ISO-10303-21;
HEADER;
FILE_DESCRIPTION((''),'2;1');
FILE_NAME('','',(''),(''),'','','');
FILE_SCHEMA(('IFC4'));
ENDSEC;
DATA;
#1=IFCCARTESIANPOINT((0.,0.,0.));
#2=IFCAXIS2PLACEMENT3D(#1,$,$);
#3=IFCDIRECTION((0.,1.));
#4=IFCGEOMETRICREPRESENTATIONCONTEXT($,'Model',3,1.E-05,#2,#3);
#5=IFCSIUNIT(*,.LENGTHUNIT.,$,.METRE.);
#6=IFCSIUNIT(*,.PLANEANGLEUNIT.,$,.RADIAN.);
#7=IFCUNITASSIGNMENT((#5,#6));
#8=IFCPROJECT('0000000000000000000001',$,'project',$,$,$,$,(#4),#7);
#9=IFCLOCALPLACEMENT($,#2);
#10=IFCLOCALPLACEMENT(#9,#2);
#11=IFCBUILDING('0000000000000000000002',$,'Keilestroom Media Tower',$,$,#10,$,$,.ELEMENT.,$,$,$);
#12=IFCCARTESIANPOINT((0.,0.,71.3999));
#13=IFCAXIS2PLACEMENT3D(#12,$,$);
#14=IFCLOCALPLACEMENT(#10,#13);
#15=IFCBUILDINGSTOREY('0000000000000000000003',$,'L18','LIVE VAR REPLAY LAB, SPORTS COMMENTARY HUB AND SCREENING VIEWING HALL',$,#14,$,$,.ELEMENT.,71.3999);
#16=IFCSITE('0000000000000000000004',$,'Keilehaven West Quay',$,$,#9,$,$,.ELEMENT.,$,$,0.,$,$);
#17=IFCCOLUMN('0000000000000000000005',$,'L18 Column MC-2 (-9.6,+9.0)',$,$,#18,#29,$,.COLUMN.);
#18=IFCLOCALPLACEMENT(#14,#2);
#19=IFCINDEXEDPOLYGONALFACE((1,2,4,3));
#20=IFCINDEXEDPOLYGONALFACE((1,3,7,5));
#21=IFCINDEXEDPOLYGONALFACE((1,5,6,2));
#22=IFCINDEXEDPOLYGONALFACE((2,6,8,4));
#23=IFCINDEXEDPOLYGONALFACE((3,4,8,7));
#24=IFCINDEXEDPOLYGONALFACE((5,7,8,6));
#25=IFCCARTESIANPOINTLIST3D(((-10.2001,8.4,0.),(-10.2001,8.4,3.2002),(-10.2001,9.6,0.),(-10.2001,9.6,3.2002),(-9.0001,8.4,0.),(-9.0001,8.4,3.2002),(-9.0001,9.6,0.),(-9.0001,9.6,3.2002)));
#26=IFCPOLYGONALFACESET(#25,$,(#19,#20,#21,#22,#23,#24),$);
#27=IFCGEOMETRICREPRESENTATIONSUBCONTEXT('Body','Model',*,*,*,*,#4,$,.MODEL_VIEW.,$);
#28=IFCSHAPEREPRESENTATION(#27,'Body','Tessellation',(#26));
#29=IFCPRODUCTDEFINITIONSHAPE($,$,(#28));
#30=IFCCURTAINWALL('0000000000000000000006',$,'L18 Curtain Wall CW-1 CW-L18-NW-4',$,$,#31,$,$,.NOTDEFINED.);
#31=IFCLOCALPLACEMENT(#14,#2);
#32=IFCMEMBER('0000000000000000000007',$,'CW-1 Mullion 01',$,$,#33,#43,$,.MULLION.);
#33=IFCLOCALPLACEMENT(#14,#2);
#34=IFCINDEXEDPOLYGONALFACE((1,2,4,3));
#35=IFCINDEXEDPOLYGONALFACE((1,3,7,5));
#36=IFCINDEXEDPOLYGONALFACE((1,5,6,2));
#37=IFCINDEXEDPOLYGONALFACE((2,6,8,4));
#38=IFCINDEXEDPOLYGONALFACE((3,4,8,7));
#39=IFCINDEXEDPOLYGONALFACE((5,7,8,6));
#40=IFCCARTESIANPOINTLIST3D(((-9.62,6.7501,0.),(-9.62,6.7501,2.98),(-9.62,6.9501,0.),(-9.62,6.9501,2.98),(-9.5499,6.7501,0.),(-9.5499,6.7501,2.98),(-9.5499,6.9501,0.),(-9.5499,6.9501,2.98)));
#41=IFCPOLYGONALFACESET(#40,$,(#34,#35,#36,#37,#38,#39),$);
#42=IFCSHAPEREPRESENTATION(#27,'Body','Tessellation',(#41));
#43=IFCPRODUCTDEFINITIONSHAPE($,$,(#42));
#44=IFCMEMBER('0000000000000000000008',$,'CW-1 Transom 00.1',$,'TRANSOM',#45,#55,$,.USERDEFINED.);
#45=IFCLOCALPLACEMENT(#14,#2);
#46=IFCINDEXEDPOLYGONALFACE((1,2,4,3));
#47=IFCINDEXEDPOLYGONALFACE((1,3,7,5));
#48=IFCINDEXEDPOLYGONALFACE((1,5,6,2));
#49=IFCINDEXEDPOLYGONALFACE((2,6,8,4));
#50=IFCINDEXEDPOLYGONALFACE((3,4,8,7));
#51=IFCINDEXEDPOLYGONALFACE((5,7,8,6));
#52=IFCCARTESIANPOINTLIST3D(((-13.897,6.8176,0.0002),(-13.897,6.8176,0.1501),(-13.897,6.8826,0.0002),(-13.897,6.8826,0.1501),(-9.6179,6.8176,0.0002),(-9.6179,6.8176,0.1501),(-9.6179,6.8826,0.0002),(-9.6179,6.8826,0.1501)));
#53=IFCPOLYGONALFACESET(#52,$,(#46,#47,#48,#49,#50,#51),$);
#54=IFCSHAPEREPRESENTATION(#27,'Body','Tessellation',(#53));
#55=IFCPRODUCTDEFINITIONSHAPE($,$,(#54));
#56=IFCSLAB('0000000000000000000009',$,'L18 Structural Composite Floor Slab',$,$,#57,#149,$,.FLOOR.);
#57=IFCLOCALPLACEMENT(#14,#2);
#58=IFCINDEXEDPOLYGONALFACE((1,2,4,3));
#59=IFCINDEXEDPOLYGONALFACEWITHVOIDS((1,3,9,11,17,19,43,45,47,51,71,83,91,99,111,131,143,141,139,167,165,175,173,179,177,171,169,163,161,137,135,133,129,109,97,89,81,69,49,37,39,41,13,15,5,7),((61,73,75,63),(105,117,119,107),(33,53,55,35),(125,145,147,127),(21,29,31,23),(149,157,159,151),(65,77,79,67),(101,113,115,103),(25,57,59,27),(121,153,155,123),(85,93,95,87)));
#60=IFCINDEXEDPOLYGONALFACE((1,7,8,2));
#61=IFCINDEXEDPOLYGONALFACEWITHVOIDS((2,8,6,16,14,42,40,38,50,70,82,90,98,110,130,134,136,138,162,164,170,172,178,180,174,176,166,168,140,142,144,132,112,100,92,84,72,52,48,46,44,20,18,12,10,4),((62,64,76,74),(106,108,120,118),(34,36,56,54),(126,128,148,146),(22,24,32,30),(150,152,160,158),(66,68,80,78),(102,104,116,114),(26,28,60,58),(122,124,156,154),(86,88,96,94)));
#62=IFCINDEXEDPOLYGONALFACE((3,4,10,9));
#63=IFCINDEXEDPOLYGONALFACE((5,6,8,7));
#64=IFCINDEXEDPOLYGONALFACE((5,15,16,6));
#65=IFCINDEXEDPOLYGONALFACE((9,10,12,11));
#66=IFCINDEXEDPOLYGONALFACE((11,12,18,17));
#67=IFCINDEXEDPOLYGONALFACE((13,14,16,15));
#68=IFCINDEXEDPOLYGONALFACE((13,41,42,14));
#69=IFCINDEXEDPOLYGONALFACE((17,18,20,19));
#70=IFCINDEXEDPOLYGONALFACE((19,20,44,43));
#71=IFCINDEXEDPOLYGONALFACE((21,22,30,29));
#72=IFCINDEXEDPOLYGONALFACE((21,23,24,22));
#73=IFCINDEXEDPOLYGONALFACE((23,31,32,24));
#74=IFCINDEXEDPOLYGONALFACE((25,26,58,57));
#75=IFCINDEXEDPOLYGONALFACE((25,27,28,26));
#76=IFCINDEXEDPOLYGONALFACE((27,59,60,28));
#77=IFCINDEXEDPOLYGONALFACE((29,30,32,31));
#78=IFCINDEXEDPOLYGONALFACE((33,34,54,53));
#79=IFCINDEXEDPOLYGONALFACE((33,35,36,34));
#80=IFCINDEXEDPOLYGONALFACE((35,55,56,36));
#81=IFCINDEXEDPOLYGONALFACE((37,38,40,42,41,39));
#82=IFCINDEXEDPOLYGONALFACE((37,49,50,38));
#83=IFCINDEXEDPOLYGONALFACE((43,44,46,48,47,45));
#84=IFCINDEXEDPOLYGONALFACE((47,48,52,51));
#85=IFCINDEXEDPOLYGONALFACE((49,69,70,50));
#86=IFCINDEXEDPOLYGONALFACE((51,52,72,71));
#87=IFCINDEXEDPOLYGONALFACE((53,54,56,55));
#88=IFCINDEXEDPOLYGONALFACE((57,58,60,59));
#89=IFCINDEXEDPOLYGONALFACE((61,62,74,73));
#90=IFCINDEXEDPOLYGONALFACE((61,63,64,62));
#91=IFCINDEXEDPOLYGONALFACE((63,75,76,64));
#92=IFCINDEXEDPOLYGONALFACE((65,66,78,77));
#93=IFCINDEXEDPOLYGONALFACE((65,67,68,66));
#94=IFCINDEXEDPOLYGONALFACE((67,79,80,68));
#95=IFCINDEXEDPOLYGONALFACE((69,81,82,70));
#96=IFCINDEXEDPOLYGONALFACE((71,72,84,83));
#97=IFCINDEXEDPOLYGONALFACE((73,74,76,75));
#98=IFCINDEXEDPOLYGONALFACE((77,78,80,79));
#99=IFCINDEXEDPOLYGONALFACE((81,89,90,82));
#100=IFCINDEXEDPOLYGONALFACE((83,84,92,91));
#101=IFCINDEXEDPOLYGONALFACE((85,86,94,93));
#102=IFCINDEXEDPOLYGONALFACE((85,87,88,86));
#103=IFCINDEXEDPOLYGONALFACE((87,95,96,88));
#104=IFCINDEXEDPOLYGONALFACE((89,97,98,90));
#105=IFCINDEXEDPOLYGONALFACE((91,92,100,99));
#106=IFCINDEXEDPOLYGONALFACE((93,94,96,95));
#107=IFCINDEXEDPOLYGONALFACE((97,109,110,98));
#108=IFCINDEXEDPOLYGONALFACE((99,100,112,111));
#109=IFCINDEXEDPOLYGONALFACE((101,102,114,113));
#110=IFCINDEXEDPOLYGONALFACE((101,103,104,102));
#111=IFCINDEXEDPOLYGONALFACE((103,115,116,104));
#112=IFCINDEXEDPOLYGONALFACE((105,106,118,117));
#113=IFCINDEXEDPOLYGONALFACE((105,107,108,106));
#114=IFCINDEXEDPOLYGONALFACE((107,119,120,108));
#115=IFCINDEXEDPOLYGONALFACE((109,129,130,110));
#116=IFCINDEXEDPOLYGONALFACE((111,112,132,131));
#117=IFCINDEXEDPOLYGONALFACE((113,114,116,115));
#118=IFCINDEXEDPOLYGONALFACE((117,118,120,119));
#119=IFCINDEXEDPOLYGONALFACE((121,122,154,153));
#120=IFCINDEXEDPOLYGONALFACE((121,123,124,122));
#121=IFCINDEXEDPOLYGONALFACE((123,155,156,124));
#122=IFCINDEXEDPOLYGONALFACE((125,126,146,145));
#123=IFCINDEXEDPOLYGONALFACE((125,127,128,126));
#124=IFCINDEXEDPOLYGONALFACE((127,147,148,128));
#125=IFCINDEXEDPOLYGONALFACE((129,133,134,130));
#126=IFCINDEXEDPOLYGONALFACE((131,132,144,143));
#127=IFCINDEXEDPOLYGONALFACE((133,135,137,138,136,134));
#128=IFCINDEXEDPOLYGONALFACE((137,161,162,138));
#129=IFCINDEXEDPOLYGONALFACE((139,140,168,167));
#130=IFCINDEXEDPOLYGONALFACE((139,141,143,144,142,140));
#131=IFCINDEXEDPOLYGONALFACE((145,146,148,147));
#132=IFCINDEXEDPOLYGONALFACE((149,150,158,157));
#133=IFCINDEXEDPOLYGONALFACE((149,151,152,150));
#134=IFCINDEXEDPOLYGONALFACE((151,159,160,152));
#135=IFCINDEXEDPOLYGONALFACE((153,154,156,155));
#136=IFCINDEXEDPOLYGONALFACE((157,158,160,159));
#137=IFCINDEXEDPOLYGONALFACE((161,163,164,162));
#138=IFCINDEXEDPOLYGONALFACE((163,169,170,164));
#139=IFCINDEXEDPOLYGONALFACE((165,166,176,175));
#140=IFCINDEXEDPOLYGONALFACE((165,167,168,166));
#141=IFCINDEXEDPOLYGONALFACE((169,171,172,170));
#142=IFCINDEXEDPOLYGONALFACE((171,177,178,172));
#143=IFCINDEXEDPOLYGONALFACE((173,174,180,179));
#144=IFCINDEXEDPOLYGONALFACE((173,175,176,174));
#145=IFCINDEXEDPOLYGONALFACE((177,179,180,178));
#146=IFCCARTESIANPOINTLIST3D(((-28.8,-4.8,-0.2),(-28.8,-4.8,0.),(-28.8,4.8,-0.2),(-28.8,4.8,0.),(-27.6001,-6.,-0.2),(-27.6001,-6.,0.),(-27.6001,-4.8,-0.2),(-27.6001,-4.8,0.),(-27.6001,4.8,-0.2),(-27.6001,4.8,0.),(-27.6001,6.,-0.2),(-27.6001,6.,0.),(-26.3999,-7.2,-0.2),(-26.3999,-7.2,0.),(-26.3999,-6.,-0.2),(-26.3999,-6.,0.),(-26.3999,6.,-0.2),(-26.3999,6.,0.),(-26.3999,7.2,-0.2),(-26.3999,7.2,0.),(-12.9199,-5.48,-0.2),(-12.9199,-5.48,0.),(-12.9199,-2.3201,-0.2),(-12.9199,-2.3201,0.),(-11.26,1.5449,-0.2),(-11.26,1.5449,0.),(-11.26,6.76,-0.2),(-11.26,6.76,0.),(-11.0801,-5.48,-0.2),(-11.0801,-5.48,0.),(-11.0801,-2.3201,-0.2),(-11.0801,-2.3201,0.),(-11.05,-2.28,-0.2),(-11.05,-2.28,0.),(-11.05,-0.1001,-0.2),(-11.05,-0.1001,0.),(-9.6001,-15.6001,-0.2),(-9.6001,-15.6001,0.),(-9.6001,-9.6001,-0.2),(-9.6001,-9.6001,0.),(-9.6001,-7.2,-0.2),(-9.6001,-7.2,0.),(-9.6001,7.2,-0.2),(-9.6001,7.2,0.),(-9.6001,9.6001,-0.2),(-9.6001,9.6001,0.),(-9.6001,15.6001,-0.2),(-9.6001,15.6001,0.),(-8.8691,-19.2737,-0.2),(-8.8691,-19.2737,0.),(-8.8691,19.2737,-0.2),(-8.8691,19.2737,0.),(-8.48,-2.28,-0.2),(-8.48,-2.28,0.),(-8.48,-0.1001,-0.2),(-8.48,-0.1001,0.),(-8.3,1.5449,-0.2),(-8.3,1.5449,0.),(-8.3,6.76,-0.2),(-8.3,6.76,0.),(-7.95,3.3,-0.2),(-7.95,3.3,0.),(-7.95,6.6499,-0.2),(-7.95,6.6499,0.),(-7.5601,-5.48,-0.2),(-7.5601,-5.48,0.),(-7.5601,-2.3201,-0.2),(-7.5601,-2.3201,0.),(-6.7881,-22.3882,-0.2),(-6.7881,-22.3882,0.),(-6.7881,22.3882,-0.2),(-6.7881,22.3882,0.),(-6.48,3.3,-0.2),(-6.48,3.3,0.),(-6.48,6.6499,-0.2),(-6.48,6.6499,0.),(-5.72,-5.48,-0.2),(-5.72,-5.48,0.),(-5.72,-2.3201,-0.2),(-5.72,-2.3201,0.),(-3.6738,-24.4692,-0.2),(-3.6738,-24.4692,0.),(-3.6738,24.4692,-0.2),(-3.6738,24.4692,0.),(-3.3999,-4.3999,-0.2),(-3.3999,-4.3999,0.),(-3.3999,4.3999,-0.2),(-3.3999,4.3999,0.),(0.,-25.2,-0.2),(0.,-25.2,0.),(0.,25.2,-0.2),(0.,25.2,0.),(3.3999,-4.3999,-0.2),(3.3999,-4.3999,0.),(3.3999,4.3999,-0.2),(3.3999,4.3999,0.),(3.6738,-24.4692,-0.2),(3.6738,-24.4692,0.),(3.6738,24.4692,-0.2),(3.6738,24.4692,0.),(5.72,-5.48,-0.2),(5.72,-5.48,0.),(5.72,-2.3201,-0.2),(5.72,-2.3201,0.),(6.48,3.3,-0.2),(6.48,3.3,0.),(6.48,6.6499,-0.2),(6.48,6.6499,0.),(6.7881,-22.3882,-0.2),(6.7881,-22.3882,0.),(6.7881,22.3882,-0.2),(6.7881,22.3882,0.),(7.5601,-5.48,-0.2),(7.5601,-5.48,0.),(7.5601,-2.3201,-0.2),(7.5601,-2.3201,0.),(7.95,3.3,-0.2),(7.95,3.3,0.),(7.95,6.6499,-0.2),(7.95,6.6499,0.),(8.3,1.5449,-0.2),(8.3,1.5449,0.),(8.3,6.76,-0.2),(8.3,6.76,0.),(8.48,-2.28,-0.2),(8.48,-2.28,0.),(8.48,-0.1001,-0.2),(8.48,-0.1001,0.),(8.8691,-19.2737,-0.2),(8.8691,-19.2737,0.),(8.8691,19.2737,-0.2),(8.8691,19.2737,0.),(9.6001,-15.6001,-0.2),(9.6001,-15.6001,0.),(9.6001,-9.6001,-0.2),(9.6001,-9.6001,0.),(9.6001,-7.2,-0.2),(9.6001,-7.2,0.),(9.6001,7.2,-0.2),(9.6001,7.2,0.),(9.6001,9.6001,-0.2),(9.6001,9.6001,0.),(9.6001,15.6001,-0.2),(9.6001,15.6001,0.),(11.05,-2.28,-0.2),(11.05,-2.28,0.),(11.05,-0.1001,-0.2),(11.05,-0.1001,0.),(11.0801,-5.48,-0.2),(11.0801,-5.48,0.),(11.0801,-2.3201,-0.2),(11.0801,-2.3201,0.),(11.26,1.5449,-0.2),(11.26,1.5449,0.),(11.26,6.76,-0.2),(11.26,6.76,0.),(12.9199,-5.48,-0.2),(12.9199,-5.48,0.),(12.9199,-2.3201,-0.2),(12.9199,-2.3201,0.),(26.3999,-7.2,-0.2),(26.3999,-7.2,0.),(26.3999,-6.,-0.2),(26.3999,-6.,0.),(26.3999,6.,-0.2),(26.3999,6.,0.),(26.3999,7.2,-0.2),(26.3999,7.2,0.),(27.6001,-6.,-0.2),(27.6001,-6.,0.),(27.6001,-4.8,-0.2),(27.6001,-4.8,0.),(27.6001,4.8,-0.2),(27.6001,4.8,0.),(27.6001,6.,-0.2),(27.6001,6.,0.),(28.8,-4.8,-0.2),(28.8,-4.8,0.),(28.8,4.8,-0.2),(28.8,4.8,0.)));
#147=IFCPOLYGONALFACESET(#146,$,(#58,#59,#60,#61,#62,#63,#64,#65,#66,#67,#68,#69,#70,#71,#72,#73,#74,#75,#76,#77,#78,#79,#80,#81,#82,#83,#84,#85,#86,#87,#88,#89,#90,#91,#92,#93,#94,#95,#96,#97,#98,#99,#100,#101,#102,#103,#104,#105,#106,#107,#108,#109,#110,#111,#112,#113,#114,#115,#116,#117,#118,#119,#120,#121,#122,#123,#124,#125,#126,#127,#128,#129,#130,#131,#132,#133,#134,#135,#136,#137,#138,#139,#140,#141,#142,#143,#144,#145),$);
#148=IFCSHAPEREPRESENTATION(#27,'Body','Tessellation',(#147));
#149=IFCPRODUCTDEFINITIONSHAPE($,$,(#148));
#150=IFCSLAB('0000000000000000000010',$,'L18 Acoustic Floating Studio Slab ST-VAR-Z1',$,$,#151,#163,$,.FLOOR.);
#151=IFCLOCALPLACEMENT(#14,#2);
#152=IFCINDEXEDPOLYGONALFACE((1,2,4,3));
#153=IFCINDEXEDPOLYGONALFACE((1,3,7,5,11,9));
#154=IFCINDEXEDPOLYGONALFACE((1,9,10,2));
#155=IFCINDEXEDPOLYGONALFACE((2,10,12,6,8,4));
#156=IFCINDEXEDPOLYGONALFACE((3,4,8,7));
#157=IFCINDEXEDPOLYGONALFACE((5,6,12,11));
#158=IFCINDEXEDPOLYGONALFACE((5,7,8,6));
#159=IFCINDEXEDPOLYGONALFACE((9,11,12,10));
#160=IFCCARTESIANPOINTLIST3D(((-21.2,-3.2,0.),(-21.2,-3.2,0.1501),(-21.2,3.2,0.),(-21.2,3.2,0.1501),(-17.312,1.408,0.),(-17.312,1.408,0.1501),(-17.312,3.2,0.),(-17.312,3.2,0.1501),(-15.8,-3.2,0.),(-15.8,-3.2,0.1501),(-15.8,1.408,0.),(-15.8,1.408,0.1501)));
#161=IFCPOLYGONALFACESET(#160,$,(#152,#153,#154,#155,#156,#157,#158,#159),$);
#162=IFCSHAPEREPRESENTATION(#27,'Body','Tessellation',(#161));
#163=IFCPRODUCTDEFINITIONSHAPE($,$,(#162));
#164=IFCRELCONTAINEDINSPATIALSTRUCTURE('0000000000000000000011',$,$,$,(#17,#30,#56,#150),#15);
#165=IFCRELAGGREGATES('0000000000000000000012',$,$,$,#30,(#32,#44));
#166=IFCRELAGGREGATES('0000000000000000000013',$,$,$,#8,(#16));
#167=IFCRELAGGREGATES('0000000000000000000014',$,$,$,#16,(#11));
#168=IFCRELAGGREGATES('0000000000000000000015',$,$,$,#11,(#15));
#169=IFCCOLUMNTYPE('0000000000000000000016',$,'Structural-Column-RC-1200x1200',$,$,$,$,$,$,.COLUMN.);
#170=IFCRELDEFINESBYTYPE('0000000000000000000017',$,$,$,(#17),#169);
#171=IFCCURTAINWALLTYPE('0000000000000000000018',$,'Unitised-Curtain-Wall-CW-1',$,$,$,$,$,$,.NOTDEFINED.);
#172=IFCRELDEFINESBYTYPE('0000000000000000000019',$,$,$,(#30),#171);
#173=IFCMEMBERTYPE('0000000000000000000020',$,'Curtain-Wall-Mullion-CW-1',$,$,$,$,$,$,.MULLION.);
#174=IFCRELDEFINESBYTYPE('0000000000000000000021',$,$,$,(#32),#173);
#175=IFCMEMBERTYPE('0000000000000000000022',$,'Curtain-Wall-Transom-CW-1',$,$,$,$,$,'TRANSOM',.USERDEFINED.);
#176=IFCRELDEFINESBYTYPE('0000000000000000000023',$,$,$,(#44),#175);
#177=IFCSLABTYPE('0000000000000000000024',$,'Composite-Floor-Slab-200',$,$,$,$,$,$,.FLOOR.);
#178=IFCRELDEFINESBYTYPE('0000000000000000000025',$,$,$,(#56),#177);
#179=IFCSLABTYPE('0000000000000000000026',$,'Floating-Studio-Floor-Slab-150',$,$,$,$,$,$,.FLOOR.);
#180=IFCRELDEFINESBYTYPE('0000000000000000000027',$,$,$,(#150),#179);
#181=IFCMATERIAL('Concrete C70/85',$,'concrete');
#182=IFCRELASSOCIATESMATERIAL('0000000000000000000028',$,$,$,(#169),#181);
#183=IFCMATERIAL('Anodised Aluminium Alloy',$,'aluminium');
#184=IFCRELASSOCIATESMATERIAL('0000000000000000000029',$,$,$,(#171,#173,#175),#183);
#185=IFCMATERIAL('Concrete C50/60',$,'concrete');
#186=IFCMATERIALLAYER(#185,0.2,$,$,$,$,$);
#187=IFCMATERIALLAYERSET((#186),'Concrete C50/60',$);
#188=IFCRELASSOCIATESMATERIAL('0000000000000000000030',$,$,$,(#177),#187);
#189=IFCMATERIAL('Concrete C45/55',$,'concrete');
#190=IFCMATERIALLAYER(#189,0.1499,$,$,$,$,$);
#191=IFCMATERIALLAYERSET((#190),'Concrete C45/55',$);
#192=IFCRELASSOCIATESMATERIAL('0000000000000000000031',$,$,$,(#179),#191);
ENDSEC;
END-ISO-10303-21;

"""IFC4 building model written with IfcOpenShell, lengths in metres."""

from ifc_helpers import new_model, si_unit, direction, frame, origin, origin_2d, place, context, subcontext, project, spatial, polyline, rectangle, outline, extrude, source, transform, mapped, material, layer, layer_set, material_profile, profile_set, type_object, element, aggregate, save


model = new_model("IFC4")

# Units and contexts
model_context = context("Model", 3, precision=1e-05, world=origin(), true_north=direction((0.0, 1.0)))
body_context = subcontext(model_context, "Body", "Model", "MODEL_VIEW")
ifc_project = project(units=[si_unit("LENGTHUNIT", "METRE"), si_unit("PLANEANGLEUNIT", "RADIAN")], contexts=[model_context])

# Site, building, storey
site_placement = place(None, origin())
site = spatial("IfcSite", under=ifc_project, at=site_placement, Name="Keilehaven West Quay", CompositionType="ELEMENT", RefElevation=0.0)
building_placement = place(site_placement, origin())
building = spatial("IfcBuilding", under=site, at=building_placement, Name="Keilestroom Media Tower", CompositionType="ELEMENT")
storey_placement = place(building_placement, frame((0.0, 0.0, 71.3999)))
storey = spatial("IfcBuildingStorey", under=building, at=storey_placement, Name="L18", Description="LIVE VAR REPLAY LAB, SPORTS COMMENTARY HUB AND SCREENING VIEWING HALL", CompositionType="ELEMENT", Elevation=71.3999)

# Column
ifc_material_1 = material(Name="Concrete C70/85", Category="concrete")
ifc_material_profile_1 = material_profile(ifc_material_1, rectangle(XDim=1.2, YDim=1.2, at=origin_2d()), Name="RC 1200x1200")
ifc_profile_set_1 = profile_set([ifc_material_profile_1], Name="Concrete C70/85")
column_type = type_object("IfcColumnType", Name="Structural-Column-RC-1200x1200", PredefinedType="COLUMN", material=ifc_profile_set_1)
shared_shape_1 = source(origin(), body_context, "Body", "SweptSolid", [
    extrude(rectangle(XDim=1.2, YDim=1.2, at=origin_2d()), origin(), (0.0, 0.0, 1.0), 3.2002),
])
column_placement = place(storey_placement, frame((-9.6001, 9.0, 0.0), z_axis=(0.0, 0.0, 1.0), x_axis=(1.0, 0.0, 0.0)))
element("IfcColumn", 1, at=column_placement, inside=storey, type_object=column_type, Name="L18 Column MC-2 (-9.6,+9.0)", PredefinedType="COLUMN", context=body_context, shape_type="MappedRepresentation", body=[
    mapped(shared_shape_1, transform((0.0, 0.0, 0.0), x_axis=(1.0, 0.0, 0.0), y_axis=(0.0, 1.0, 0.0), z_axis=(0.0, 0.0, 1.0), scale=1.0)),
])

# Curtain wall, members
ifc_material_2 = material(Name="Anodised Aluminium Alloy", Category="aluminium")
curtain_wall_type = type_object("IfcCurtainWallType", Name="Unitised-Curtain-Wall-CW-1", PredefinedType="NOTDEFINED", material=ifc_material_2)
curtain_wall_placement = place(storey_placement, origin())
curtain_wall = element("IfcCurtainWall", 2, at=curtain_wall_placement, inside=storey, type_object=curtain_wall_type, Name="L18 Curtain Wall CW-1 CW-L18-NW-4", PredefinedType="NOTDEFINED")
ifc_material_profile_2 = material_profile(ifc_material_2, rectangle(XDim=0.0701, YDim=0.2, at=origin_2d()), Name="ALU MULLION 70x200")
ifc_profile_set_2 = profile_set([ifc_material_profile_2], Name="Anodised Aluminium Alloy")
member_type_1 = type_object("IfcMemberType", Name="Curtain-Wall-Mullion-CW-1", PredefinedType="MULLION", material=ifc_profile_set_2)
shared_shape_2 = source(origin(), body_context, "Body", "SweptSolid", [
    extrude(rectangle(XDim=0.0701, YDim=0.2, at=origin_2d()), origin(), (0.0, 0.0, 1.0), 2.98),
])
member_1_placement = place(storey_placement, frame((-9.585, 6.8501, 0.0), z_axis=(0.0, 0.0, 1.0), x_axis=(1.0, 0.0, 0.0)))
member_1 = element("IfcMember", 3, at=member_1_placement, type_object=member_type_1, Name="CW-1 Mullion 01", PredefinedType="MULLION", context=body_context, shape_type="MappedRepresentation", body=[
    mapped(shared_shape_2, transform((0.0, 0.0, 0.0), x_axis=(1.0, 0.0, 0.0), y_axis=(0.0, 1.0, 0.0), z_axis=(0.0, 0.0, 1.0), scale=1.0)),
])
ifc_material_profile_3 = material_profile(ifc_material_2, rectangle(XDim=0.0649, YDim=0.1499, at=origin_2d()), Name="ALU TRANSOM 65x150")
ifc_profile_set_3 = profile_set([ifc_material_profile_3], Name="Anodised Aluminium Alloy")
member_type_2 = type_object("IfcMemberType", Name="Curtain-Wall-Transom-CW-1", ElementType="TRANSOM", PredefinedType="USERDEFINED", material=ifc_profile_set_3)
shared_shape_3 = source(origin(), body_context, "Body", "SweptSolid", [
    extrude(rectangle(XDim=0.0649, YDim=0.1499, at=origin_2d()), origin(), (0.0, 0.0, 1.0), 4.2791),
])
member_2_placement = place(storey_placement, frame((-13.897, 6.8501, 0.0752), z_axis=(1.0, 0.0, 0.0), x_axis=(0.0, 1.0, 0.0)))
member_2 = element("IfcMember", 4, at=member_2_placement, type_object=member_type_2, Name="CW-1 Transom 00.1", ObjectType="TRANSOM", PredefinedType="USERDEFINED", context=body_context, shape_type="MappedRepresentation", body=[
    mapped(shared_shape_3, transform((0.0, 0.0, 0.0), x_axis=(1.0, 0.0, 0.0), y_axis=(0.0, 1.0, 0.0), z_axis=(0.0, 0.0, 1.0), scale=1.0)),
])

# Slabs
ifc_material_3 = material(Name="Concrete C50/60", Category="concrete")
ifc_layer_1 = layer(ifc_material_3, 0.2)
ifc_layer_set_1 = layer_set([ifc_layer_1], Name="Concrete C50/60")
slab_type_1 = type_object("IfcSlabType", Name="Composite-Floor-Slab-200", PredefinedType="FLOOR", material=ifc_layer_set_1)
slab_1_placement = place(storey_placement, frame((0.0, 0.0, -0.2)))
element("IfcSlab", 5, at=slab_1_placement, inside=storey, type_object=slab_type_1, Name="L18 Structural Composite Floor Slab", PredefinedType="FLOOR", context=body_context, shape_type="SweptSolid", body=[
    extrude(outline(polyline([(28.8, -4.8), (28.8, 4.8), (27.6001, 4.8), (27.6001, 6.0), (26.3999, 6.0), (26.3999, 7.2), (9.6001, 7.2), (9.6001, 9.6001), (9.6001, 15.6001), (8.8691, 19.2737), (6.7881, 22.3882), (3.6738, 24.4692), (0.0, 25.2), (-3.6738, 24.4692), (-6.7881, 22.3882), (-8.8691, 19.2737), (-9.6001, 15.6001), (-9.6001, 9.6001), (-9.6001, 7.2), (-26.3999, 7.2), (-26.3999, 6.0), (-27.6001, 6.0), (-27.6001, 4.8), (-28.8, 4.8), (-28.8, -4.8), (-27.6001, -4.8), (-27.6001, -6.0), (-26.3999, -6.0), (-26.3999, -7.2), (-9.6001, -7.2), (-9.6001, -9.6001), (-9.6001, -15.6001), (-8.8691, -19.2737), (-6.7881, -22.3882), (-3.6738, -24.4692), (0.0, -25.2), (3.6738, -24.4692), (6.7881, -22.3882), (8.8691, -19.2737), (9.6001, -15.6001), (9.6001, -9.6001), (9.6001, -7.2), (26.3999, -7.2), (26.3999, -6.0), (27.6001, -6.0), (27.6001, -4.8), (28.8, -4.8)]), holes=[polyline([(-12.9199, -5.48), (-12.9199, -2.3201), (-11.0801, -2.3201), (-11.0801, -5.48), (-12.9199, -5.48)]), polyline([(-11.26, 1.5449), (-11.26, 6.76), (-8.3, 6.76), (-8.3, 1.5449), (-11.26, 1.5449)]), polyline([(-11.05, -2.28), (-11.05, -0.1001), (-8.48, -0.1001), (-8.48, -2.28), (-11.05, -2.28)]), polyline([(-7.95, 3.3), (-7.95, 6.6499), (-6.48, 6.6499), (-6.48, 3.3), (-7.95, 3.3)]), polyline([(-7.5601, -5.48), (-7.5601, -2.3201), (-5.72, -2.3201), (-5.72, -5.48), (-7.5601, -5.48)]), polyline([(-3.3999, -4.3999), (-3.3999, 4.3999), (3.3999, 4.3999), (3.3999, -4.3999), (-3.3999, -4.3999)]), polyline([(5.72, -5.48), (5.72, -2.3201), (7.5601, -2.3201), (7.5601, -5.48), (5.72, -5.48)]), polyline([(7.95, 6.6499), (7.95, 3.3), (6.48, 3.3), (6.48, 6.6499), (7.95, 6.6499)]), polyline([(8.3, 6.76), (11.26, 6.76), (11.26, 1.5449), (8.3, 1.5449), (8.3, 6.76)]), polyline([(8.48, -2.28), (8.48, -0.1001), (11.05, -0.1001), (11.05, -2.28), (8.48, -2.28)]), polyline([(12.9199, -5.48), (11.0801, -5.48), (11.0801, -2.3201), (12.9199, -2.3201), (12.9199, -5.48)])]), origin(), (0.0, 0.0, 1.0), 0.2),
])
ifc_material_4 = material(Name="Concrete C45/55", Category="concrete")
ifc_layer_2 = layer(ifc_material_4, 0.1499)
ifc_layer_set_2 = layer_set([ifc_layer_2], Name="Concrete C45/55")
slab_type_2 = type_object("IfcSlabType", Name="Floating-Studio-Floor-Slab-150", PredefinedType="FLOOR", material=ifc_layer_set_2)
slab_2_placement = place(storey_placement, origin())
element("IfcSlab", 6, at=slab_2_placement, inside=storey, type_object=slab_type_2, Name="L18 Acoustic Floating Studio Slab ST-VAR-Z1", PredefinedType="FLOOR", context=body_context, shape_type="SweptSolid", body=[
    extrude(outline(polyline([(-21.2, -3.2), (-15.8, -3.2), (-15.8, 1.408), (-17.312, 1.408), (-17.312, 3.2), (-21.2, 3.2), (-21.2, -3.2)])), origin(), (0.0, 0.0, 1.0), 0.1501),
])

aggregate(curtain_wall, [member_1, member_2])

save(model, "model.ifc")
